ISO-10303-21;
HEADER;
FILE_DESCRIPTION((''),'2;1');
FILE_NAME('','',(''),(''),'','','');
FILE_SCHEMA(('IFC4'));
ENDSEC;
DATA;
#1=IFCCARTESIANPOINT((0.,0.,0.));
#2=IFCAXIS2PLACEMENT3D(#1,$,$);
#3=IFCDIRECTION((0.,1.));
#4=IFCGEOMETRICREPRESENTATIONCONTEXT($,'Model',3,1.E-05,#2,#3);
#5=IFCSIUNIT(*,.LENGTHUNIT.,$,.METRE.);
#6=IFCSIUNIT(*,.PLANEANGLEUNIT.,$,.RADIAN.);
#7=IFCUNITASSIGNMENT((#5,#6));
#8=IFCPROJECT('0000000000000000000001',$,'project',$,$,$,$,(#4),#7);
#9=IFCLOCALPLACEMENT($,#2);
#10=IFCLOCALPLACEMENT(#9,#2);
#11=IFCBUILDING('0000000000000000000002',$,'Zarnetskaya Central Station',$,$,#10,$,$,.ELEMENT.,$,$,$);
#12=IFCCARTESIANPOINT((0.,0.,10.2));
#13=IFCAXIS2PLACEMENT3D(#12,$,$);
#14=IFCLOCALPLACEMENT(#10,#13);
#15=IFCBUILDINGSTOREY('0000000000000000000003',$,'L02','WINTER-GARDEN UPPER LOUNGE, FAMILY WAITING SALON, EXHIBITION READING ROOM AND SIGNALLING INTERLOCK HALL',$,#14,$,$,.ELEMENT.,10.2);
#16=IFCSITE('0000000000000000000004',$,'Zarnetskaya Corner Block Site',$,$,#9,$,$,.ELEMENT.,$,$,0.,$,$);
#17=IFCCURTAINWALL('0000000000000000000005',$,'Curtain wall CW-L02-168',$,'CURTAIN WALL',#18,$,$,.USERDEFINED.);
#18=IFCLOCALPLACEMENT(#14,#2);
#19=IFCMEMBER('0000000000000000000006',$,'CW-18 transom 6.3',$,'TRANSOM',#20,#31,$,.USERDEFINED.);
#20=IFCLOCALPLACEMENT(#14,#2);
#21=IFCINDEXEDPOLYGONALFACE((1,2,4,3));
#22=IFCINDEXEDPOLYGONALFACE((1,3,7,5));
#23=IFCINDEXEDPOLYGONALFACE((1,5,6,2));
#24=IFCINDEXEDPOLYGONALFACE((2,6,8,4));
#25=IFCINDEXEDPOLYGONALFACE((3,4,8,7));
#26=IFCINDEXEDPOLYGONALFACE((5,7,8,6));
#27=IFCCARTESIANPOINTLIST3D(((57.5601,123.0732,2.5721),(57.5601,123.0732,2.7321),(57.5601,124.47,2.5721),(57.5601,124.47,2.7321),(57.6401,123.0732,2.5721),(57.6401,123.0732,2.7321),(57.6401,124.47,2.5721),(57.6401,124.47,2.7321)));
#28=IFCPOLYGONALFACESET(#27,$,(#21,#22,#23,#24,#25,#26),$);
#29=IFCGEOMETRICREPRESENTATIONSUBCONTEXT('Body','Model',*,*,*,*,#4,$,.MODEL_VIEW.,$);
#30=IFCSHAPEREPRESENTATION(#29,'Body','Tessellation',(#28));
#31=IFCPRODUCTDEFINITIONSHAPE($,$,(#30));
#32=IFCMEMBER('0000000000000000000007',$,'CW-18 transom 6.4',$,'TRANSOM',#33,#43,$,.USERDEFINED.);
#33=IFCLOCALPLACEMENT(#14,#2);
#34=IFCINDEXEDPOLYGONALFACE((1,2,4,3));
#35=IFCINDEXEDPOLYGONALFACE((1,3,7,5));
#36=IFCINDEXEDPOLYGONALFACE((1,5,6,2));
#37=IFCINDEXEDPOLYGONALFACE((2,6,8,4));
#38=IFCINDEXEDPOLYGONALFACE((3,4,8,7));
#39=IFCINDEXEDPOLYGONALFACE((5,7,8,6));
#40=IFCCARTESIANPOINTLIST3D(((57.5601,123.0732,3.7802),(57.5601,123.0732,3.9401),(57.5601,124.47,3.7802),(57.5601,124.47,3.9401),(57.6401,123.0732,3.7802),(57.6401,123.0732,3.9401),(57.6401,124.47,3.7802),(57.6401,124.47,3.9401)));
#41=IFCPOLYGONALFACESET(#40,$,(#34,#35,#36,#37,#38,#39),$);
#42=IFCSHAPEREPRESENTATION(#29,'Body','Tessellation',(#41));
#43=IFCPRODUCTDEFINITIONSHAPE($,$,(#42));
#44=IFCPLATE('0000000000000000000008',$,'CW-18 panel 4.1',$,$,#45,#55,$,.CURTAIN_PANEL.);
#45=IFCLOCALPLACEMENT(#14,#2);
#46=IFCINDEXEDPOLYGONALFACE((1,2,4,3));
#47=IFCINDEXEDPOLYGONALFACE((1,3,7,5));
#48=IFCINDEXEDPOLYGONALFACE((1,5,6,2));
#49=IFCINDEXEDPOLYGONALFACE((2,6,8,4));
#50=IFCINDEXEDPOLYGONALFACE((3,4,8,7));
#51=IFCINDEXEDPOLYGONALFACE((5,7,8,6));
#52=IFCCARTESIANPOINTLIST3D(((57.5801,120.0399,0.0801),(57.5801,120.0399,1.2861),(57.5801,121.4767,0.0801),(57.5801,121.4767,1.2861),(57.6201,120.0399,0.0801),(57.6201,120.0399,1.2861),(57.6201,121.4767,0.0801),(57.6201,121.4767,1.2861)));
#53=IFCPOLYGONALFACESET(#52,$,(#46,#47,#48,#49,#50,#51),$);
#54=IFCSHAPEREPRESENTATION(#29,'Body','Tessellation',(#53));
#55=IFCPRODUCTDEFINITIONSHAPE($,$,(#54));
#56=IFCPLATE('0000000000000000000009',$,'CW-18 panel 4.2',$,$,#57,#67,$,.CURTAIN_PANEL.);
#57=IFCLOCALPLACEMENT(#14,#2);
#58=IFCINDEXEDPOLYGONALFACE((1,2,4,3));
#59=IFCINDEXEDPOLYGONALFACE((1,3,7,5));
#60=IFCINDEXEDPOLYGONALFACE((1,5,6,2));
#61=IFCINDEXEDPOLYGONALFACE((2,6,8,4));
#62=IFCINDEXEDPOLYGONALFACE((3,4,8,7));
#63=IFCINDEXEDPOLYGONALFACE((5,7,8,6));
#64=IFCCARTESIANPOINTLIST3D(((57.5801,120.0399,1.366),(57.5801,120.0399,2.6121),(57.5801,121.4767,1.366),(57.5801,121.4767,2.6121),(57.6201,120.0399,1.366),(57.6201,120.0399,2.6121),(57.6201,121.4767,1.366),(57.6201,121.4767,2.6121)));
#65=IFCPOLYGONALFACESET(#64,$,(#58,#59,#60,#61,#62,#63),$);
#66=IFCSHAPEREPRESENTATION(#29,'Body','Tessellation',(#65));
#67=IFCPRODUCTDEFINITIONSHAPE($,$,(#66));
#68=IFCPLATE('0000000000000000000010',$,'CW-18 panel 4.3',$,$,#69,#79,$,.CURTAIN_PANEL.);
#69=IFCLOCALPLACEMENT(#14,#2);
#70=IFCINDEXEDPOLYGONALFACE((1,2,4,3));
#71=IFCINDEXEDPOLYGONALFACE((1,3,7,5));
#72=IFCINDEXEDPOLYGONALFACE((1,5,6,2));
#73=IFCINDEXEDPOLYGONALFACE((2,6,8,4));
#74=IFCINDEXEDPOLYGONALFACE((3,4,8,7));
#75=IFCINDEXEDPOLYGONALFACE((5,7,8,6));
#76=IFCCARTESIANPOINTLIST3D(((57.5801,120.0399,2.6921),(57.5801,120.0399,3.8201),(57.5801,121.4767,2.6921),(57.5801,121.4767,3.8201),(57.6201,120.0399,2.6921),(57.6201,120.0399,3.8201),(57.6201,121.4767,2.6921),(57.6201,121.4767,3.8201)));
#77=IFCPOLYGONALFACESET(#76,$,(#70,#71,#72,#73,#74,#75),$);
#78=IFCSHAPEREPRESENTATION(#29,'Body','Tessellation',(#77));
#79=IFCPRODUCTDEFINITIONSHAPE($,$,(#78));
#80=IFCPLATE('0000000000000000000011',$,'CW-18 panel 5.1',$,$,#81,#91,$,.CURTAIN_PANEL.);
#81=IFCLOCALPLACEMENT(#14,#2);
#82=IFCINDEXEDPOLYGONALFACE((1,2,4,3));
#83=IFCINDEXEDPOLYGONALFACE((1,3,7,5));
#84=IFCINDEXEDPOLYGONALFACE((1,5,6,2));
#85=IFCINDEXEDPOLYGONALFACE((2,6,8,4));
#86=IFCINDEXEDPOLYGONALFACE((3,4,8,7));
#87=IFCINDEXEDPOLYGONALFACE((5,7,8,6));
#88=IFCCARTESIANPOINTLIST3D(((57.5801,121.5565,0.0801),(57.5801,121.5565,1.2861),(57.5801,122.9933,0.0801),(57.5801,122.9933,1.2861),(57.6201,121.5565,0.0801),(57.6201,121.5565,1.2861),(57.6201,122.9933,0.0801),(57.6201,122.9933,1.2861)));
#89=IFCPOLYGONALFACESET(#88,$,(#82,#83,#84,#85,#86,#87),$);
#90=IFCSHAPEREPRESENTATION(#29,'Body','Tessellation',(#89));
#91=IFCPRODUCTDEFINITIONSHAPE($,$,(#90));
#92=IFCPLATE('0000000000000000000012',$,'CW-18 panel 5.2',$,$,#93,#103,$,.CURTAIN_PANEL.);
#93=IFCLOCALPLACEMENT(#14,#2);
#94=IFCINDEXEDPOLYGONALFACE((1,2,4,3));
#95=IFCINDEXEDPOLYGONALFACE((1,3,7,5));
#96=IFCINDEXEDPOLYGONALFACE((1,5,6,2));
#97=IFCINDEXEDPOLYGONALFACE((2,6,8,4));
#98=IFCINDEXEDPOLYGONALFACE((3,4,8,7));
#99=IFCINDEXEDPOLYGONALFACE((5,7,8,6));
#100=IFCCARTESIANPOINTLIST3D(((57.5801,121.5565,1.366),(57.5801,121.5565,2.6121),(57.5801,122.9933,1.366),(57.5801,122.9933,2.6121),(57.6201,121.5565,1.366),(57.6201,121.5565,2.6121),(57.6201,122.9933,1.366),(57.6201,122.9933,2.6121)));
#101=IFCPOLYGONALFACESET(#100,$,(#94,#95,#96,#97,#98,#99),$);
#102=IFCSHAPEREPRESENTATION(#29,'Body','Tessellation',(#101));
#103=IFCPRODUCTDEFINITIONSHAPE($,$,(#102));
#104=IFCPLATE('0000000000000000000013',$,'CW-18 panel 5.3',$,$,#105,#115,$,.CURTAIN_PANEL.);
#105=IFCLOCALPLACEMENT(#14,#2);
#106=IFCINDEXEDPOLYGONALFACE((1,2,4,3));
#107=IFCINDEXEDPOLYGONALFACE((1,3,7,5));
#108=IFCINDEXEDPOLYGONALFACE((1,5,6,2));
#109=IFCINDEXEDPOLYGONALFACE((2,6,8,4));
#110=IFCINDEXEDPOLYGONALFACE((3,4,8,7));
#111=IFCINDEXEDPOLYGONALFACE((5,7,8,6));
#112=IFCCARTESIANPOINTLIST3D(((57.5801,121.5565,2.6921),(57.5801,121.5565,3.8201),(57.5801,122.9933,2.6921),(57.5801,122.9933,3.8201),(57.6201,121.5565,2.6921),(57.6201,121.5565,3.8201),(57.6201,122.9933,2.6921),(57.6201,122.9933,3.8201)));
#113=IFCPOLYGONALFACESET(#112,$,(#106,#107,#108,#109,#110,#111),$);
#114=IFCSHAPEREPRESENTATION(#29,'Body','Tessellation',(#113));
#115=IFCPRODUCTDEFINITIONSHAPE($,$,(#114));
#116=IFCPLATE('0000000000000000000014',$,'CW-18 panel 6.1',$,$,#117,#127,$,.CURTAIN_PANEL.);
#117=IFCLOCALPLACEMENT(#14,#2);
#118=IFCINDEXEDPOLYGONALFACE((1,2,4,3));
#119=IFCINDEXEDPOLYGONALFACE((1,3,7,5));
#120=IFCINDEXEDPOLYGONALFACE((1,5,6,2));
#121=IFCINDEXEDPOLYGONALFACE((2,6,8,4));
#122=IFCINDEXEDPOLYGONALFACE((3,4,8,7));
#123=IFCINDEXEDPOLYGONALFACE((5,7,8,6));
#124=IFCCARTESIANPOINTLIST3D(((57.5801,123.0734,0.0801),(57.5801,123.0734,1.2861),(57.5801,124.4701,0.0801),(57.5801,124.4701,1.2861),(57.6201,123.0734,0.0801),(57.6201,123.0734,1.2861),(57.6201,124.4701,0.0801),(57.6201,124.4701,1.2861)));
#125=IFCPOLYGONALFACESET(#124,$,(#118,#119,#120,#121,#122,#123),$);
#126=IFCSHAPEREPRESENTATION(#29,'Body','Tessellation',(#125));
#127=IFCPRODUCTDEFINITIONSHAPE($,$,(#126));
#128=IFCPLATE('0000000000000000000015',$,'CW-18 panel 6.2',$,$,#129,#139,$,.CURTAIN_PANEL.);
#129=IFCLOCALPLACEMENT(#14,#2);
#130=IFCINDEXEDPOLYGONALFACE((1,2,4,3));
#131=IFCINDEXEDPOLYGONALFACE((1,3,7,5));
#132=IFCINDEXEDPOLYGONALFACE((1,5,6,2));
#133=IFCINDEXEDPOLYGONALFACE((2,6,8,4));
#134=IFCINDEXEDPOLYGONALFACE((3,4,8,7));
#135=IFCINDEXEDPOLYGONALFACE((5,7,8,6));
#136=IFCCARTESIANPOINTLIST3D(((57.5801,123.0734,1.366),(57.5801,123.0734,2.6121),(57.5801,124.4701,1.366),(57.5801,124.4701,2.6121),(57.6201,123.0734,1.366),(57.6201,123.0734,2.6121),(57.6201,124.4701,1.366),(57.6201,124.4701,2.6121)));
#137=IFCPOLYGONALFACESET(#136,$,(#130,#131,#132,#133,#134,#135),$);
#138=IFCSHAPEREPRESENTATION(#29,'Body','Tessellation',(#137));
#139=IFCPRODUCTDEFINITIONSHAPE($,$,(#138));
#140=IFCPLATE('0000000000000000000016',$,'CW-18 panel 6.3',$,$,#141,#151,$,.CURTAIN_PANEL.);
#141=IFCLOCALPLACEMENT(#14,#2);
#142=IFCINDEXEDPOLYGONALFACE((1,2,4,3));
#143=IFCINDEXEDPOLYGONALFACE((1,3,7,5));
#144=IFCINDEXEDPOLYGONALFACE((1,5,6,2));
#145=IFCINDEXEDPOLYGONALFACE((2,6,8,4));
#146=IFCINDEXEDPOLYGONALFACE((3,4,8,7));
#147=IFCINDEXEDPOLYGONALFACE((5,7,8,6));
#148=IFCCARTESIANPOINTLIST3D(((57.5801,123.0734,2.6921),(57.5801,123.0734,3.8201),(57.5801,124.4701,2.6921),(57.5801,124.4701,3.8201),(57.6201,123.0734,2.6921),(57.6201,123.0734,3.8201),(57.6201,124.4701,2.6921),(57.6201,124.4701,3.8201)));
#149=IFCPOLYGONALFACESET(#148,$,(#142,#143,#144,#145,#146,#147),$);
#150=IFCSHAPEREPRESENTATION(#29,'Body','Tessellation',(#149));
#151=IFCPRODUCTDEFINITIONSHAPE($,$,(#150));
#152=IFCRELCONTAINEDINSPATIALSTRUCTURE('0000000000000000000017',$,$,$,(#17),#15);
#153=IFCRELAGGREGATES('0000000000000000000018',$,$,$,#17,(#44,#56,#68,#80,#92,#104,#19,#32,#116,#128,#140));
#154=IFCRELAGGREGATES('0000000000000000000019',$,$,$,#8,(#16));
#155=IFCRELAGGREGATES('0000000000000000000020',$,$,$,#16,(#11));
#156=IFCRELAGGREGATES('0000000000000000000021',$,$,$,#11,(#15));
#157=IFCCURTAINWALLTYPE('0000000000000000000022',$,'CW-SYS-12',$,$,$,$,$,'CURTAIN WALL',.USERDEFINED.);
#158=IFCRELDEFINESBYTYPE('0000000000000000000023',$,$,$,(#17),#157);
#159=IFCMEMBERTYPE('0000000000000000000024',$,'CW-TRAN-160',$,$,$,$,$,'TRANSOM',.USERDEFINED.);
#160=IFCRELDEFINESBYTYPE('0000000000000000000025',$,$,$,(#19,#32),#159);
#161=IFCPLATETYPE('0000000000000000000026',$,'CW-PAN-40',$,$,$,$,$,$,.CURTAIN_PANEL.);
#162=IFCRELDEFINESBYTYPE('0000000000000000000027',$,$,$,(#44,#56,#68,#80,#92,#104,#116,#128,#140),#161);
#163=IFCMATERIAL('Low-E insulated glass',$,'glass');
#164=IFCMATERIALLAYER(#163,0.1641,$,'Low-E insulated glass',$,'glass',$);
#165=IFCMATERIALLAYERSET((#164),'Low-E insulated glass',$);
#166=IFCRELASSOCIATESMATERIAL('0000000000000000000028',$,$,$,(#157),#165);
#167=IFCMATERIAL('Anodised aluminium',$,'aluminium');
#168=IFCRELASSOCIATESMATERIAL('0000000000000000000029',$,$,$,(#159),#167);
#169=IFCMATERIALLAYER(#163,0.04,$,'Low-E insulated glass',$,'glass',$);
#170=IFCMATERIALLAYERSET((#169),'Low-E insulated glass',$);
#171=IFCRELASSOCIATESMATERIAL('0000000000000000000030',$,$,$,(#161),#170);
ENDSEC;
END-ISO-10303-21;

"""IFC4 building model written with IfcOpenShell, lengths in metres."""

from ifc_helpers import new_model, si_unit, direction, frame, origin, origin_2d, place, context, subcontext, project, spatial, rectangle, extrude, material, layer, layer_set, material_profile, profile_set, type_object, element, aggregate, save


model = new_model("IFC4")

# Units and contexts
model_context = context("Model", 3, precision=1e-05, world=origin(), true_north=direction((0.0, 1.0)))
body_context = subcontext(model_context, "Body", "Model", "MODEL_VIEW")
ifc_project = project(units=[si_unit("LENGTHUNIT", "METRE"), si_unit("PLANEANGLEUNIT", "RADIAN")], contexts=[model_context])

# Site, building, storey
site_placement = place(None, origin())
site = spatial("IfcSite", under=ifc_project, at=site_placement, Name="Zarnetskaya Corner Block Site", CompositionType="ELEMENT", RefElevation=0.0)
building_placement = place(site_placement, origin())
building = spatial("IfcBuilding", under=site, at=building_placement, Name="Zarnetskaya Central Station", CompositionType="ELEMENT")
storey_placement = place(building_placement, frame((0.0, 0.0, 10.2)))
storey = spatial("IfcBuildingStorey", under=building, at=storey_placement, Name="L02", Description="WINTER-GARDEN UPPER LOUNGE, FAMILY WAITING SALON, EXHIBITION READING ROOM AND SIGNALLING INTERLOCK HALL", CompositionType="ELEMENT", Elevation=10.2)

# Curtain wall, members, plates
ifc_material_1 = material(Name="Low-E insulated glass", Category="glass")
ifc_layer_1 = layer(ifc_material_1, 0.1641, Name="Low-E insulated glass", Category="glass")
ifc_layer_set_1 = layer_set([ifc_layer_1], Name="Low-E insulated glass")
curtain_wall_type = type_object("IfcCurtainWallType", Name="CW-SYS-12", ElementType="CURTAIN WALL", PredefinedType="USERDEFINED", material=ifc_layer_set_1)
curtain_wall_placement = place(storey_placement, origin())
curtain_wall = element("IfcCurtainWall", 1, at=curtain_wall_placement, inside=storey, type_object=curtain_wall_type, Name="Curtain wall CW-L02-168", ObjectType="CURTAIN WALL", PredefinedType="USERDEFINED")
ifc_material_2 = material(Name="Anodised aluminium", Category="aluminium")
ifc_material_profile_1 = material_profile(ifc_material_2, rectangle(XDim=0.0801, YDim=0.1599, at=origin_2d()), Name="ALU TRAN 80x160")
ifc_profile_set_1 = profile_set([ifc_material_profile_1], Name="Anodised aluminium")
member_type_1 = type_object("IfcMemberType", Name="CW-TRAN-160", ElementType="TRANSOM", PredefinedType="USERDEFINED", material=ifc_profile_set_1)
member_1_placement = place(storey_placement, frame((57.6001, 123.0732, 2.6521), z_axis=(0.0, 1.0, 0.0), x_axis=(-1.0, 0.0, 0.0)))
member_1 = element("IfcMember", 2, at=member_1_placement, type_object=member_type_1, Name="CW-18 transom 6.3", ObjectType="TRANSOM", PredefinedType="USERDEFINED", context=body_context, shape_type="SweptSolid", body=[
    extrude(rectangle(XDim=0.0801, YDim=0.1599, at=origin_2d()), origin(), (0.0, 0.0, 1.0), 1.3967),
])
member_2_placement = place(storey_placement, frame((57.6001, 123.0732, 3.8601), z_axis=(0.0, 1.0, 0.0), x_axis=(-1.0, 0.0, 0.0)))
member_2 = element("IfcMember", 3, at=member_2_placement, type_object=member_type_1, Name="CW-18 transom 6.4", ObjectType="TRANSOM", PredefinedType="USERDEFINED", context=body_context, shape_type="SweptSolid", body=[
    extrude(rectangle(XDim=0.0801, YDim=0.1599, at=origin_2d()), origin(), (0.0, 0.0, 1.0), 1.3967),
])
ifc_layer_2 = layer(ifc_material_1, 0.04, Name="Low-E insulated glass", Category="glass")
ifc_layer_set_2 = layer_set([ifc_layer_2], Name="Low-E insulated glass")
plate_type = type_object("IfcPlateType", Name="CW-PAN-40", PredefinedType="CURTAIN_PANEL", material=ifc_layer_set_2)
plate_1_placement = place(storey_placement, frame((57.6001, 120.7583, 0.0801), z_axis=(0.0, 0.0, 1.0), x_axis=(0.0, 1.0, 0.0)))
plate_1 = element("IfcPlate", 4, at=plate_1_placement, type_object=plate_type, Name="CW-18 panel 4.1", PredefinedType="CURTAIN_PANEL", context=body_context, shape_type="SweptSolid", body=[
    extrude(rectangle(XDim=1.4368, YDim=0.04, at=origin_2d()), origin(), (0.0, 0.0, 1.0), 1.2061),
])
plate_2_placement = place(storey_placement, frame((57.6001, 120.7583, 1.366), z_axis=(0.0, 0.0, 1.0), x_axis=(0.0, 1.0, 0.0)))
plate_2 = element("IfcPlate", 5, at=plate_2_placement, type_object=plate_type, Name="CW-18 panel 4.2", PredefinedType="CURTAIN_PANEL", context=body_context, shape_type="SweptSolid", body=[
    extrude(rectangle(XDim=1.4368, YDim=0.04, at=origin_2d()), origin(), (0.0, 0.0, 1.0), 1.2461),
])
plate_3_placement = place(storey_placement, frame((57.6001, 120.7583, 2.6921), z_axis=(0.0, 0.0, 1.0), x_axis=(0.0, 1.0, 0.0)))
plate_3 = element("IfcPlate", 6, at=plate_3_placement, type_object=plate_type, Name="CW-18 panel 4.3", PredefinedType="CURTAIN_PANEL", context=body_context, shape_type="SweptSolid", body=[
    extrude(rectangle(XDim=1.4368, YDim=0.04, at=origin_2d()), origin(), (0.0, 0.0, 1.0), 1.1279),
])
plate_4_placement = place(storey_placement, frame((57.6001, 122.2749, 0.0801), z_axis=(0.0, 0.0, 1.0), x_axis=(0.0, 1.0, 0.0)))
plate_4 = element("IfcPlate", 7, at=plate_4_placement, type_object=plate_type, Name="CW-18 panel 5.1", PredefinedType="CURTAIN_PANEL", context=body_context, shape_type="SweptSolid", body=[
    extrude(rectangle(XDim=1.4368, YDim=0.04, at=origin_2d()), origin(), (0.0, 0.0, 1.0), 1.2061),
])
plate_5_placement = place(storey_placement, frame((57.6001, 122.2749, 1.366), z_axis=(0.0, 0.0, 1.0), x_axis=(0.0, 1.0, 0.0)))
plate_5 = element("IfcPlate", 8, at=plate_5_placement, type_object=plate_type, Name="CW-18 panel 5.2", PredefinedType="CURTAIN_PANEL", context=body_context, shape_type="SweptSolid", body=[
    extrude(rectangle(XDim=1.4368, YDim=0.04, at=origin_2d()), origin(), (0.0, 0.0, 1.0), 1.2461),
])
plate_6_placement = place(storey_placement, frame((57.6001, 122.2749, 2.6921), z_axis=(0.0, 0.0, 1.0), x_axis=(0.0, 1.0, 0.0)))
plate_6 = element("IfcPlate", 9, at=plate_6_placement, type_object=plate_type, Name="CW-18 panel 5.3", PredefinedType="CURTAIN_PANEL", context=body_context, shape_type="SweptSolid", body=[
    extrude(rectangle(XDim=1.4368, YDim=0.04, at=origin_2d()), origin(), (0.0, 0.0, 1.0), 1.1279),
])
plate_7_placement = place(storey_placement, frame((57.6001, 123.7717, 0.0801), z_axis=(0.0, 0.0, 1.0), x_axis=(0.0, 1.0, 0.0)))
plate_7 = element("IfcPlate", 10, at=plate_7_placement, type_object=plate_type, Name="CW-18 panel 6.1", PredefinedType="CURTAIN_PANEL", context=body_context, shape_type="SweptSolid", body=[
    extrude(rectangle(XDim=1.3967, YDim=0.04, at=origin_2d()), origin(), (0.0, 0.0, 1.0), 1.2061),
])
plate_8_placement = place(storey_placement, frame((57.6001, 123.7717, 1.366), z_axis=(0.0, 0.0, 1.0), x_axis=(0.0, 1.0, 0.0)))
plate_8 = element("IfcPlate", 11, at=plate_8_placement, type_object=plate_type, Name="CW-18 panel 6.2", PredefinedType="CURTAIN_PANEL", context=body_context, shape_type="SweptSolid", body=[
    extrude(rectangle(XDim=1.3967, YDim=0.04, at=origin_2d()), origin(), (0.0, 0.0, 1.0), 1.2461),
])
plate_9_placement = place(storey_placement, frame((57.6001, 123.7717, 2.6921), z_axis=(0.0, 0.0, 1.0), x_axis=(0.0, 1.0, 0.0)))
plate_9 = element("IfcPlate", 12, at=plate_9_placement, type_object=plate_type, Name="CW-18 panel 6.3", PredefinedType="CURTAIN_PANEL", context=body_context, shape_type="SweptSolid", body=[
    extrude(rectangle(XDim=1.3967, YDim=0.04, at=origin_2d()), origin(), (0.0, 0.0, 1.0), 1.1279),
])
aggregate(curtain_wall, [plate_1, plate_2, plate_3, plate_4, plate_5, plate_6, member_1, member_2, plate_7, plate_8, plate_9])

save(model, "model.ifc")
